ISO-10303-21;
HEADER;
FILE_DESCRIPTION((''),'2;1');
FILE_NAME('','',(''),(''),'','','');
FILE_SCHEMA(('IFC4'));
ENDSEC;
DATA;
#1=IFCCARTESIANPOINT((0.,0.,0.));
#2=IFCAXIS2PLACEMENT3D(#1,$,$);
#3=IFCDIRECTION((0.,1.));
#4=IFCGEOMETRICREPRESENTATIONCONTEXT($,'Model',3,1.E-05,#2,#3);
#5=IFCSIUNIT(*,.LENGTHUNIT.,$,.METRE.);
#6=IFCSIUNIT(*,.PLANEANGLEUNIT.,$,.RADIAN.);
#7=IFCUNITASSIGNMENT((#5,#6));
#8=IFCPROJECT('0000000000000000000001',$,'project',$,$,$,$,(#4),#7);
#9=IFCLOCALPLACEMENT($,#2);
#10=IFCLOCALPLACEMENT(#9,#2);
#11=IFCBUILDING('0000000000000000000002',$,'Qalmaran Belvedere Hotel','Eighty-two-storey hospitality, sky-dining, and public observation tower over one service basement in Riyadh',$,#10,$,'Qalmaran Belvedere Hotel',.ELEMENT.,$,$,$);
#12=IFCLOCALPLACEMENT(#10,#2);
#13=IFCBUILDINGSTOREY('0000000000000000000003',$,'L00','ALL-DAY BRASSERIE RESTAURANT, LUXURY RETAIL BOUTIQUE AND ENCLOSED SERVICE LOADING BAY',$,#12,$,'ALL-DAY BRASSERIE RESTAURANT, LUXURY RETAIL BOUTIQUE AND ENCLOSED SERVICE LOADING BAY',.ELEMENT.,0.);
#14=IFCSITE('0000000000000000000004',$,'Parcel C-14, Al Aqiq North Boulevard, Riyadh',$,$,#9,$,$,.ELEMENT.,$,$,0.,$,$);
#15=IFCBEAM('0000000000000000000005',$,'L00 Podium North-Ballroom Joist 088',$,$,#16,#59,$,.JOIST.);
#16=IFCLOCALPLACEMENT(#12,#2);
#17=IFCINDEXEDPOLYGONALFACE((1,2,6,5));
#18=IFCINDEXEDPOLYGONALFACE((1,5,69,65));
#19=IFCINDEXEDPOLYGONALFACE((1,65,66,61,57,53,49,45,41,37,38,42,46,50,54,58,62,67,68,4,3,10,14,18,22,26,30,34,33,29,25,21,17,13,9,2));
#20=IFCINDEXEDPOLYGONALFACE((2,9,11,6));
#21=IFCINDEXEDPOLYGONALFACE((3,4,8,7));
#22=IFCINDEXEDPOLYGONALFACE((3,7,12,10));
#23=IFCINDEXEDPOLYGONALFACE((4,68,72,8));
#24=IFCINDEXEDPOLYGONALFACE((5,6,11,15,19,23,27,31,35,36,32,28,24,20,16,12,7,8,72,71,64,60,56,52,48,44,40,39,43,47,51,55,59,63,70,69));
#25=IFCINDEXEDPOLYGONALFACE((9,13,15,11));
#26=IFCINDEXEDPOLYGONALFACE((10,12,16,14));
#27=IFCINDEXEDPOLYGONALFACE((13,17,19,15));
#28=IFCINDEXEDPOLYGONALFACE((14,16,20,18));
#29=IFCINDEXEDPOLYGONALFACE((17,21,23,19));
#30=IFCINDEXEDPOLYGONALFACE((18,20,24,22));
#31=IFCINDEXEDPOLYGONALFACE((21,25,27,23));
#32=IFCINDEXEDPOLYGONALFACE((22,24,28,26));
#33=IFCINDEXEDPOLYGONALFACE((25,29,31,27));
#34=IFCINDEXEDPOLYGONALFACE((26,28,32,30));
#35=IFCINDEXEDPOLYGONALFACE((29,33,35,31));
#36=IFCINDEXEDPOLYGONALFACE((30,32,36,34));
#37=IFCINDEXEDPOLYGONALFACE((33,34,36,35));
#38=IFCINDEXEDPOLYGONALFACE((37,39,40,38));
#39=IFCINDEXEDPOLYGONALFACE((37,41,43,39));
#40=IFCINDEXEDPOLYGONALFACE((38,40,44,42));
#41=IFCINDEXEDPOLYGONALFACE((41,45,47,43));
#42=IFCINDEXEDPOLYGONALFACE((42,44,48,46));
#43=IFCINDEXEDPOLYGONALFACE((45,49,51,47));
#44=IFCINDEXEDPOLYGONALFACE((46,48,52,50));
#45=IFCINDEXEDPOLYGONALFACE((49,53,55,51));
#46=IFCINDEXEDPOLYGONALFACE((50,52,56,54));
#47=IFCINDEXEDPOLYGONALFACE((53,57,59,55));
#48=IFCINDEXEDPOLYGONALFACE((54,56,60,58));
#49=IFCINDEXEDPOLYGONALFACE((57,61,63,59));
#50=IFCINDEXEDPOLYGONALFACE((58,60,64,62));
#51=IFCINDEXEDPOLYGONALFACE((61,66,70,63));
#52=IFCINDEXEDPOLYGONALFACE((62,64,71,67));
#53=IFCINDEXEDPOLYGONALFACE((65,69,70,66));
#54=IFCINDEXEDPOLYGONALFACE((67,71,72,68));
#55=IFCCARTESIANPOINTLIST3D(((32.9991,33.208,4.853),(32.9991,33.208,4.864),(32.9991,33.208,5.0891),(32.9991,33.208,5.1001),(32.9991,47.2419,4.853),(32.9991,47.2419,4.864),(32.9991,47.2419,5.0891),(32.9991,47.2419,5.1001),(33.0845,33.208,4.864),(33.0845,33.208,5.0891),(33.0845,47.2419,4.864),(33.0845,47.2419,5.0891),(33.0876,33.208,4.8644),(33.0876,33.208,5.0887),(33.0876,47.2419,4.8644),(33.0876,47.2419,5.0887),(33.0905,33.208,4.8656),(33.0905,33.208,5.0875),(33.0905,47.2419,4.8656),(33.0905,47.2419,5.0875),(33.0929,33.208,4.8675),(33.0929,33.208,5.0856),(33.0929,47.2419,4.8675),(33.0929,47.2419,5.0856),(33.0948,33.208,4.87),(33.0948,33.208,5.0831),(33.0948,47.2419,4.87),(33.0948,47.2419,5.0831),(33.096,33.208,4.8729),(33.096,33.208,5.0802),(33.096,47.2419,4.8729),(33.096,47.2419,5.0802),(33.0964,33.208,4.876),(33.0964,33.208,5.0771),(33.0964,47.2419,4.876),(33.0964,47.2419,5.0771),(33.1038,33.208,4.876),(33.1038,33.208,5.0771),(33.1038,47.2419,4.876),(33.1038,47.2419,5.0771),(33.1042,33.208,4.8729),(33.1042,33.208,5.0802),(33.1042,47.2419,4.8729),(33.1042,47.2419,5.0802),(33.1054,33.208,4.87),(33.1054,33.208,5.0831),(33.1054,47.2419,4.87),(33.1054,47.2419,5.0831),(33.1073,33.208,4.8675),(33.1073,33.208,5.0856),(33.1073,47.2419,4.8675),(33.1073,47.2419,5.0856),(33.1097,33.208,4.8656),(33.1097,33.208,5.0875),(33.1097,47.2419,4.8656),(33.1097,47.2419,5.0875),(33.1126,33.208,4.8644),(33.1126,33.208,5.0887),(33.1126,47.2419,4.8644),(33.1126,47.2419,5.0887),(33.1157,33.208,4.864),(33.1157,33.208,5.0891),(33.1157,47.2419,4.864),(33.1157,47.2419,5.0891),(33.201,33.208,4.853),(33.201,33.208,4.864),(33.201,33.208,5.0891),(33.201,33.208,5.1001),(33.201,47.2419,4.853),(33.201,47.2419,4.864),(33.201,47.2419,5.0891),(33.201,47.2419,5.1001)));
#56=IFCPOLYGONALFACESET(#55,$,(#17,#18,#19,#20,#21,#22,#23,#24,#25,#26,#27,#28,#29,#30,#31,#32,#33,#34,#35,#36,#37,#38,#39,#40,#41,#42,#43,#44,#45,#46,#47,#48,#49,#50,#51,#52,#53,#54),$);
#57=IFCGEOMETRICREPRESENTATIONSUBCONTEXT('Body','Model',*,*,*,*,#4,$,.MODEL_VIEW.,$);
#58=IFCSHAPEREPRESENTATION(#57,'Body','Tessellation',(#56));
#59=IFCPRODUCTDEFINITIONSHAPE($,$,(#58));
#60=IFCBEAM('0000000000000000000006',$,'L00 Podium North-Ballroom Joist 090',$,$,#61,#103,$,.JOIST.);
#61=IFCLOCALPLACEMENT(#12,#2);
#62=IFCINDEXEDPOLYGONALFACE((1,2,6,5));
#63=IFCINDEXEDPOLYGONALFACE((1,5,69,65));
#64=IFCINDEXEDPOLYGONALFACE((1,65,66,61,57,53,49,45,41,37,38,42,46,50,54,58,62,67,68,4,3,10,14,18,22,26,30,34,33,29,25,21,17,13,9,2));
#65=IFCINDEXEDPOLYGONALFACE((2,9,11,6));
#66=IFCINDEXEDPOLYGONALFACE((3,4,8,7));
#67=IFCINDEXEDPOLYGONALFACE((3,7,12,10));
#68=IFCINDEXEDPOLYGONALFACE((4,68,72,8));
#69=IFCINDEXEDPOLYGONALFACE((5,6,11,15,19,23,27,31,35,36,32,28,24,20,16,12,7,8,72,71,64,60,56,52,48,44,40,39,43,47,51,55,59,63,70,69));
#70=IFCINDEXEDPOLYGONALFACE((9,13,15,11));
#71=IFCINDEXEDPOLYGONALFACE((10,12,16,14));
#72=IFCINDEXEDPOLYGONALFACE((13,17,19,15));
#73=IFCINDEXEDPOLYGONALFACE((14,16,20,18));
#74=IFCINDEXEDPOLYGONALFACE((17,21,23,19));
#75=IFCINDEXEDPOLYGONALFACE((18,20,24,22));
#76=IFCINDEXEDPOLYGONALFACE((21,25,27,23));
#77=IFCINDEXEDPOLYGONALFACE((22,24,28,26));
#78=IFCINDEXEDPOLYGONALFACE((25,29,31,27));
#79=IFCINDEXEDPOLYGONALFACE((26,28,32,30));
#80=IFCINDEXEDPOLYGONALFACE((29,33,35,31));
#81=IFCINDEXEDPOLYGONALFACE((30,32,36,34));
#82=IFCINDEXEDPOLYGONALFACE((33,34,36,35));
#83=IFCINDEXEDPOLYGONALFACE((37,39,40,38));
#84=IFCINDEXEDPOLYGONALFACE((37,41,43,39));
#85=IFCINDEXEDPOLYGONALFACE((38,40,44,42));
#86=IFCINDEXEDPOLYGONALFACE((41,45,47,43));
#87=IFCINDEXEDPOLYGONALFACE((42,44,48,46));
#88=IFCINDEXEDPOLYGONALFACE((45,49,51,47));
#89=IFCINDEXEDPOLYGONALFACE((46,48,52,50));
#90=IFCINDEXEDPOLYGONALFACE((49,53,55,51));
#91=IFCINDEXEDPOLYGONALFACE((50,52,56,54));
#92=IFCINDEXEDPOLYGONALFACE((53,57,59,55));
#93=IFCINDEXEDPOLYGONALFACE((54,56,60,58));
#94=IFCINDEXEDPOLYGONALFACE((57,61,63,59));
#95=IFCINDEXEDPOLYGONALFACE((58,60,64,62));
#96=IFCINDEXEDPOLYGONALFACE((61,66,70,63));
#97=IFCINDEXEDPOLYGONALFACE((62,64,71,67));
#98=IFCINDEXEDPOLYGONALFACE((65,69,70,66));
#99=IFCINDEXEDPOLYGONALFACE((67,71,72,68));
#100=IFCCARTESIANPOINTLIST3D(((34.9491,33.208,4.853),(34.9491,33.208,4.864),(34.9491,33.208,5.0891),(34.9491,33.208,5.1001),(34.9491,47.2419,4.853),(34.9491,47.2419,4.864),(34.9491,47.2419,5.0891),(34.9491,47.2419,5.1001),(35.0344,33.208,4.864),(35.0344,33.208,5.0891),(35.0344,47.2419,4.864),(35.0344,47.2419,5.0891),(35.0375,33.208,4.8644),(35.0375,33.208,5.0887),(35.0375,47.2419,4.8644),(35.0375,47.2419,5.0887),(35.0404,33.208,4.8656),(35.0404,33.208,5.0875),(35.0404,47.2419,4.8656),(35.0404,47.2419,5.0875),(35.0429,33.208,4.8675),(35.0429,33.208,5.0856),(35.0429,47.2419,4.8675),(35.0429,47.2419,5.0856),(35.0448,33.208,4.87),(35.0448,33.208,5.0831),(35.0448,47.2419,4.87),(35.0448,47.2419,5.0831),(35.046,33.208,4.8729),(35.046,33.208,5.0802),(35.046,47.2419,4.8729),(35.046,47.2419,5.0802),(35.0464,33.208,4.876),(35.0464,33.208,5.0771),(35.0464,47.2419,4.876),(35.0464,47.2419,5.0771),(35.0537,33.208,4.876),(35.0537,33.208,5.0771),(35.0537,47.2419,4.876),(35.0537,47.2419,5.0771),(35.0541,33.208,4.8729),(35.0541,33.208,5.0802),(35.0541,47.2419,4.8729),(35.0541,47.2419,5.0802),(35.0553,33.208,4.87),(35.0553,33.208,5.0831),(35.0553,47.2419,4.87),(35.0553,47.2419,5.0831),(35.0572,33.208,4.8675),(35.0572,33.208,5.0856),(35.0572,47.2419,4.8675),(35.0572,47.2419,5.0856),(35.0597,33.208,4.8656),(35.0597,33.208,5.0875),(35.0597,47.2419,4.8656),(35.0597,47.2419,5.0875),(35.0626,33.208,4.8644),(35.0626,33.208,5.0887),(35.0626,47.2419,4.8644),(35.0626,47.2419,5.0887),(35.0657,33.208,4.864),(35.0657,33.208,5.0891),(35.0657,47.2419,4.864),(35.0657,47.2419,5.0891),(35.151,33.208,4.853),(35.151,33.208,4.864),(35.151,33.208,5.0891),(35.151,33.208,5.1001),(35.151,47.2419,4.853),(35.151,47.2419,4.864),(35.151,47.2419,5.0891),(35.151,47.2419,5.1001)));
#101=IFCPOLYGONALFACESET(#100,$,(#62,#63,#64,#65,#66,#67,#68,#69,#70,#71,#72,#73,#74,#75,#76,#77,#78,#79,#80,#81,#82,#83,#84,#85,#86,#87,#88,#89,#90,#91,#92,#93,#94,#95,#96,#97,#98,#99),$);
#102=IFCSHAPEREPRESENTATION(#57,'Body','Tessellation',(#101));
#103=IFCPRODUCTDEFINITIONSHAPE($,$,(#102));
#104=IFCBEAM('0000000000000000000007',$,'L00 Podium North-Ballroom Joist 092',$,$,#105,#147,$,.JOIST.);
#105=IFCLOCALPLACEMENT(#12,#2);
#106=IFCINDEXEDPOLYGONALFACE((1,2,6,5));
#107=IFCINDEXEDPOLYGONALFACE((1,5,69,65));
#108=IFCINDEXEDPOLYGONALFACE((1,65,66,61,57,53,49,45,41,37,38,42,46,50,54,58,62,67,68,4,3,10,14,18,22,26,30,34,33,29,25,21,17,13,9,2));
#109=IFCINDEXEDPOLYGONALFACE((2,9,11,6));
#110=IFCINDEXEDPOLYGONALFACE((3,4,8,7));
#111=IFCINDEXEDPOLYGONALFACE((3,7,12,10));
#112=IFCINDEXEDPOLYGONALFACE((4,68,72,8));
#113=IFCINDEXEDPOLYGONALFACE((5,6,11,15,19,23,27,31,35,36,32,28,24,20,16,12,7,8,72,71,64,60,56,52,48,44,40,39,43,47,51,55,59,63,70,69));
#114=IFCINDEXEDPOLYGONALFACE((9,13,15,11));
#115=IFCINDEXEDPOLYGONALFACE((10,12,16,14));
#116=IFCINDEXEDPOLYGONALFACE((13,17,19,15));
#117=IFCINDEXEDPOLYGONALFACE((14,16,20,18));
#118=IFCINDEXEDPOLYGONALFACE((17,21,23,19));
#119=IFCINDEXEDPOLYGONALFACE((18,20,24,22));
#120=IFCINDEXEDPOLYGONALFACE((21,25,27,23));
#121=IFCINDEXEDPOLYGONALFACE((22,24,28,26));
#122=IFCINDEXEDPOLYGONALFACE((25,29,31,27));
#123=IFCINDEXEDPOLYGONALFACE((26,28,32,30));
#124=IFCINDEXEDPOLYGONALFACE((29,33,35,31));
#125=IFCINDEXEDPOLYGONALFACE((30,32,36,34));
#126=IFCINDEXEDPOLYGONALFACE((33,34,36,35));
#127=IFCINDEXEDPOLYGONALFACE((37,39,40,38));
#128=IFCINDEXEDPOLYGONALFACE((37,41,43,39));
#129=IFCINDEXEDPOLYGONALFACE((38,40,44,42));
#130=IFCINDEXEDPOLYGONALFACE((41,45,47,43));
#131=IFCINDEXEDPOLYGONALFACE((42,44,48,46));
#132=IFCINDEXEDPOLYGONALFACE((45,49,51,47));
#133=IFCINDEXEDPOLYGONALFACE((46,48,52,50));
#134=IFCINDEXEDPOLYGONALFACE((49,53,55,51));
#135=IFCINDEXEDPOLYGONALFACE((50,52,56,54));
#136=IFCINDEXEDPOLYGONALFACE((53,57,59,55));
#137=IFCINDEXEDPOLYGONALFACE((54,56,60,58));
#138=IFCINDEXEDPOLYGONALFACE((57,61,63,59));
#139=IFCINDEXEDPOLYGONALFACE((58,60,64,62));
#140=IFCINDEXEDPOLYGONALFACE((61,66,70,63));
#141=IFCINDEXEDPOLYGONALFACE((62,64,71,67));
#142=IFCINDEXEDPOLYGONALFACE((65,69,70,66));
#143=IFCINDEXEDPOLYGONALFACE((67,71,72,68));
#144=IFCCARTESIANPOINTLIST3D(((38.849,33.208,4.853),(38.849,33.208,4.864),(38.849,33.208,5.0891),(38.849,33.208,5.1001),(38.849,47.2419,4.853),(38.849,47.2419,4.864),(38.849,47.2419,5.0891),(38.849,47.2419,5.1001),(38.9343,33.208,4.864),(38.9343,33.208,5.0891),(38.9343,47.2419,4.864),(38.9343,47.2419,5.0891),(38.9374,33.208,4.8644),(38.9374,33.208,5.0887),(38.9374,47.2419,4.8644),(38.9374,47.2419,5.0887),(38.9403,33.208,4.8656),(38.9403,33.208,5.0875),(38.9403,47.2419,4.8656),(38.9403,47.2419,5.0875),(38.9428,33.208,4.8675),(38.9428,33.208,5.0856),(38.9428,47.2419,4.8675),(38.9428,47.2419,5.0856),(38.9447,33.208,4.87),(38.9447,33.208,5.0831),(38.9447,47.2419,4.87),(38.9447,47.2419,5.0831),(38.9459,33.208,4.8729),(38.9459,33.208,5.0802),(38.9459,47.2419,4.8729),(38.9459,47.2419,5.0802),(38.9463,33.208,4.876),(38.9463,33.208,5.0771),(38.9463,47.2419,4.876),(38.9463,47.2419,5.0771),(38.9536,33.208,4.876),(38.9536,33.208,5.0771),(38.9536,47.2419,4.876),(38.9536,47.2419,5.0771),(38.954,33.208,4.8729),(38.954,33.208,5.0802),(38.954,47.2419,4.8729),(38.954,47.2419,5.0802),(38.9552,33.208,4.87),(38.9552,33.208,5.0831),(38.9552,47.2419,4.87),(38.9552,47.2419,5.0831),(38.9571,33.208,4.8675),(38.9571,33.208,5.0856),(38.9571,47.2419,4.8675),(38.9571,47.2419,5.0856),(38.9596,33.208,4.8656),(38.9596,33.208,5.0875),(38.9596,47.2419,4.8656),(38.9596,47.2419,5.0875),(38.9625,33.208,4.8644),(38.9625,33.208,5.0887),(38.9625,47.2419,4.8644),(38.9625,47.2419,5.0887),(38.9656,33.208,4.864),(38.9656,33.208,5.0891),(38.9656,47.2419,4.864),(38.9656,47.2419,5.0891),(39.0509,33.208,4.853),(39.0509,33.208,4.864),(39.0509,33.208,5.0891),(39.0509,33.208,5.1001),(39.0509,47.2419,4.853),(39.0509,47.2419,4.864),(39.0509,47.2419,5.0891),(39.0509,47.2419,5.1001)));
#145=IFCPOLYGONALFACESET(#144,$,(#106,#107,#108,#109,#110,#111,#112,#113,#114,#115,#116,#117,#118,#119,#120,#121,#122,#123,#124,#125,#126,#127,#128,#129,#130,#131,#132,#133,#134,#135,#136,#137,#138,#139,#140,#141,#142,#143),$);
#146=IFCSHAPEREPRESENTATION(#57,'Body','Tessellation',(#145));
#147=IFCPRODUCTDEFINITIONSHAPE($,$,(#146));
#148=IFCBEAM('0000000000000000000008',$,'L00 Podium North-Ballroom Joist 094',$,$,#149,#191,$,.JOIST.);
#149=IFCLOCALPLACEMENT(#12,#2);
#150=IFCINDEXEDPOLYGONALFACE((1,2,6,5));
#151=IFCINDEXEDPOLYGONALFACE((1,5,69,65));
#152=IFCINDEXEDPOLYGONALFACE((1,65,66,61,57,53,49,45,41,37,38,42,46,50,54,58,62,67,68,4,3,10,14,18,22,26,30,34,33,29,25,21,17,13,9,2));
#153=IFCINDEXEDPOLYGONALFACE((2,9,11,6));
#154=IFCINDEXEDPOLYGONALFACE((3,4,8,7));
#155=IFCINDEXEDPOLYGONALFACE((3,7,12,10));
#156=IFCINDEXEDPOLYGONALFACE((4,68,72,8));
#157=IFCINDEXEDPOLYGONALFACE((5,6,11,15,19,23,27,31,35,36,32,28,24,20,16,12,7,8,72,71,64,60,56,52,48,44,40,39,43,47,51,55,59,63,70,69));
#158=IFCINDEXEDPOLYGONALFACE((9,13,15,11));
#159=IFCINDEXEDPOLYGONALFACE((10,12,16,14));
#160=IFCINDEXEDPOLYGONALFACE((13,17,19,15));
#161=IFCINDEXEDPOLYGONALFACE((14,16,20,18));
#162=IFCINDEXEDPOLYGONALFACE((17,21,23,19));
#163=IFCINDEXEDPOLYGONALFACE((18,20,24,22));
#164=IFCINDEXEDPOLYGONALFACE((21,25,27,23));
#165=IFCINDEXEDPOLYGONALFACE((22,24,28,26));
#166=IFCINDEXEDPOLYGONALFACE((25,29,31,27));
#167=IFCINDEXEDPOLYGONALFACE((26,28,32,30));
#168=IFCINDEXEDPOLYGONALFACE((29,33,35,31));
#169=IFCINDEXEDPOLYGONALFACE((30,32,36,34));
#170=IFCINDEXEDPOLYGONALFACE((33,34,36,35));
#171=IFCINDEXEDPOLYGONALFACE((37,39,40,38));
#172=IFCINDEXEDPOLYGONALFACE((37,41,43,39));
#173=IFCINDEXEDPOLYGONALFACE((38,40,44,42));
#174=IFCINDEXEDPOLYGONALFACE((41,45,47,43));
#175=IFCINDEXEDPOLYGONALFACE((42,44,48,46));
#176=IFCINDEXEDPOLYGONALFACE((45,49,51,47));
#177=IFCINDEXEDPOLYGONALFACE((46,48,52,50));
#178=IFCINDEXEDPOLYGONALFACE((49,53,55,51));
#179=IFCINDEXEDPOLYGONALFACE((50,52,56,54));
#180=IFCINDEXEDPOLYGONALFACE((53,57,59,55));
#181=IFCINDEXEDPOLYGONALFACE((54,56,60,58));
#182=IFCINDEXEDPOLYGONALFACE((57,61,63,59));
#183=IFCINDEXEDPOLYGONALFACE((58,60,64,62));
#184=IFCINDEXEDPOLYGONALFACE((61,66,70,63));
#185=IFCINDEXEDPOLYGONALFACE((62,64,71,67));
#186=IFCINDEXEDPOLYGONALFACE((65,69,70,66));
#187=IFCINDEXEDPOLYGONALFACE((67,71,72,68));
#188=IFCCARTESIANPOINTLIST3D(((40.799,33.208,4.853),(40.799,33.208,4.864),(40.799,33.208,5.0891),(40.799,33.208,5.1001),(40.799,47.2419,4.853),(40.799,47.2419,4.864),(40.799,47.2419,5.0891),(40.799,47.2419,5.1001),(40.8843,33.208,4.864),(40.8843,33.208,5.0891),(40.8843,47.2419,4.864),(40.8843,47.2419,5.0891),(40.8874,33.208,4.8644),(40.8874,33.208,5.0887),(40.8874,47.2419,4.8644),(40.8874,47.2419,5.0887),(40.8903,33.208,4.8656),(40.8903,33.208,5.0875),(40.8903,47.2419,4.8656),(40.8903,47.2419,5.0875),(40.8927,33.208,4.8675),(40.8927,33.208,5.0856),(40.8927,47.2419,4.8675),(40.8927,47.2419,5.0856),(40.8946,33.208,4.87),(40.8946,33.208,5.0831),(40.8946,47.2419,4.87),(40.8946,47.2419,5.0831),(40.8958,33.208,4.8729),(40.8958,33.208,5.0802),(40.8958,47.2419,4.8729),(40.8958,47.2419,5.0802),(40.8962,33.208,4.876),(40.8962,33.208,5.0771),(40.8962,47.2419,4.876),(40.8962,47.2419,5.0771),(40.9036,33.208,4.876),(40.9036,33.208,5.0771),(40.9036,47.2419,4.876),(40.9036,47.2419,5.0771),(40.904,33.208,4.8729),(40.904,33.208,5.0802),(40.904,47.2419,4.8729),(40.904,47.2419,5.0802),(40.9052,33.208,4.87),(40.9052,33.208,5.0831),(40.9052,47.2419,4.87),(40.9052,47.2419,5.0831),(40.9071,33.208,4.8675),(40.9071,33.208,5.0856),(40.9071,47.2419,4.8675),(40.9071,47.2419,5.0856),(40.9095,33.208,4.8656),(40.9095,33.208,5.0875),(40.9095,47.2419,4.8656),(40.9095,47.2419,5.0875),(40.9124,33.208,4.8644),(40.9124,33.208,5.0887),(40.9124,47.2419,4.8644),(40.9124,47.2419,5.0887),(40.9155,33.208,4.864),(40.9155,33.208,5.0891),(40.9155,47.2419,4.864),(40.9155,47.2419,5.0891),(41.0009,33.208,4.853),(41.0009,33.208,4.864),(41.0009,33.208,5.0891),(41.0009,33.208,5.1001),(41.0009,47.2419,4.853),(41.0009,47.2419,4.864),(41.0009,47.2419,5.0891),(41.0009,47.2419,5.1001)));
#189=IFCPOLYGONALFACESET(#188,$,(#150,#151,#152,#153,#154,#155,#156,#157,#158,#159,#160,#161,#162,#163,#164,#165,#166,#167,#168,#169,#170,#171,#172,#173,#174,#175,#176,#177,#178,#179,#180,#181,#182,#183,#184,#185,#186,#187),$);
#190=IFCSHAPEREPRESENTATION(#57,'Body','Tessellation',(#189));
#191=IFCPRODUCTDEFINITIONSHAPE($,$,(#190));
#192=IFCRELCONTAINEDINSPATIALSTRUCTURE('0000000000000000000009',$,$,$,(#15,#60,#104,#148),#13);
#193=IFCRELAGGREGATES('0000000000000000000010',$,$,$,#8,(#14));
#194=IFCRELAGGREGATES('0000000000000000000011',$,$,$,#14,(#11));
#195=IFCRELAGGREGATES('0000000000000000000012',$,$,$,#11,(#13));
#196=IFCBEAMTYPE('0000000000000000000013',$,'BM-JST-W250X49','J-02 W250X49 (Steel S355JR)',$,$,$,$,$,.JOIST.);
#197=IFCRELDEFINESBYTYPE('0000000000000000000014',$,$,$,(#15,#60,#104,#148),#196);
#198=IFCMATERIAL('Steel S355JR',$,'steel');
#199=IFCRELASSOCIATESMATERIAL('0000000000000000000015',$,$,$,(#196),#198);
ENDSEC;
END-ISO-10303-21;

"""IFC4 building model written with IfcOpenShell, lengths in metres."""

from ifc_helpers import new_model, si_unit, direction, frame, origin, origin_2d, place, context, subcontext, project, spatial, i_section, extrude, material, material_profile, profile_set, type_object, element, save


model = new_model("IFC4")

# Units and contexts
model_context = context("Model", 3, precision=1e-05, world=origin(), true_north=direction((0.0, 1.0)))
body_context = subcontext(model_context, "Body", "Model", "MODEL_VIEW")
ifc_project = project(units=[si_unit("LENGTHUNIT", "METRE"), si_unit("PLANEANGLEUNIT", "RADIAN")], contexts=[model_context])

# Site, building, storey
site_placement = place(None, origin())
site = spatial("IfcSite", under=ifc_project, at=site_placement, Name="Parcel C-14, Al Aqiq North Boulevard, Riyadh", CompositionType="ELEMENT", RefElevation=0.0)
building_placement = place(site_placement, origin())
building = spatial("IfcBuilding", under=site, at=building_placement, Name="Qalmaran Belvedere Hotel", Description="Eighty-two-storey hospitality, sky-dining, and public observation tower over one service basement in Riyadh", LongName="Qalmaran Belvedere Hotel", CompositionType="ELEMENT")
storey_placement = place(building_placement, origin())
storey = spatial("IfcBuildingStorey", under=building, at=storey_placement, Name="L00", Description="ALL-DAY BRASSERIE RESTAURANT, LUXURY RETAIL BOUTIQUE AND ENCLOSED SERVICE LOADING BAY", LongName="ALL-DAY BRASSERIE RESTAURANT, LUXURY RETAIL BOUTIQUE AND ENCLOSED SERVICE LOADING BAY", CompositionType="ELEMENT", Elevation=0.0)

# Beams
ifc_material_1 = material(Name="Steel S355JR", Category="steel")
ifc_material_profile_1 = material_profile(ifc_material_1, i_section(OverallWidth=0.2019, OverallDepth=0.2471, WebThickness=0.0073, FlangeThickness=0.011, FilletRadius=0.012, at=origin_2d()), Name="W250X49")
ifc_profile_set_1 = profile_set([ifc_material_profile_1], Name="Steel S355JR")
beam_type_1 = type_object("IfcBeamType", Name="BM-JST-W250X49", Description="J-02 W250X49 (Steel S355JR)", PredefinedType="JOIST", material=ifc_profile_set_1)
for number, where, z_axis, x_axis, name in (
    (1, (33.1001, 33.208, 4.9766), (0.0, 1.0, 0.0), (-1.0, 0.0, 0.0), "L00 Podium North-Ballroom Joist 088"),
    (2, (35.05, 33.208, 4.9766), (0.0, 1.0, 0.0), (-1.0, 0.0, 0.0), "L00 Podium North-Ballroom Joist 090"),
    (3, (38.95, 33.208, 4.9766), (0.0, 1.0, 0.0), (-1.0, 0.0, 0.0), "L00 Podium North-Ballroom Joist 092"),
    (4, (40.8999, 33.208, 4.9766), (0.0, 1.0, 0.0), (-1.0, 0.0, 0.0), "L00 Podium North-Ballroom Joist 094"),
):
    element("IfcBeam", number, at=place(storey_placement, frame(where, z_axis=z_axis, x_axis=x_axis)), inside=storey, type_object=beam_type_1, Name=name, PredefinedType="JOIST", context=body_context, shape_type="SweptSolid", body=[
        extrude(i_section(OverallWidth=0.2019, OverallDepth=0.2471, WebThickness=0.0073, FlangeThickness=0.011, FilletRadius=0.012, at=origin_2d()), origin(), (0.0, 0.0, 1.0), 14.0339),
    ])

save(model, "model.ifc")
